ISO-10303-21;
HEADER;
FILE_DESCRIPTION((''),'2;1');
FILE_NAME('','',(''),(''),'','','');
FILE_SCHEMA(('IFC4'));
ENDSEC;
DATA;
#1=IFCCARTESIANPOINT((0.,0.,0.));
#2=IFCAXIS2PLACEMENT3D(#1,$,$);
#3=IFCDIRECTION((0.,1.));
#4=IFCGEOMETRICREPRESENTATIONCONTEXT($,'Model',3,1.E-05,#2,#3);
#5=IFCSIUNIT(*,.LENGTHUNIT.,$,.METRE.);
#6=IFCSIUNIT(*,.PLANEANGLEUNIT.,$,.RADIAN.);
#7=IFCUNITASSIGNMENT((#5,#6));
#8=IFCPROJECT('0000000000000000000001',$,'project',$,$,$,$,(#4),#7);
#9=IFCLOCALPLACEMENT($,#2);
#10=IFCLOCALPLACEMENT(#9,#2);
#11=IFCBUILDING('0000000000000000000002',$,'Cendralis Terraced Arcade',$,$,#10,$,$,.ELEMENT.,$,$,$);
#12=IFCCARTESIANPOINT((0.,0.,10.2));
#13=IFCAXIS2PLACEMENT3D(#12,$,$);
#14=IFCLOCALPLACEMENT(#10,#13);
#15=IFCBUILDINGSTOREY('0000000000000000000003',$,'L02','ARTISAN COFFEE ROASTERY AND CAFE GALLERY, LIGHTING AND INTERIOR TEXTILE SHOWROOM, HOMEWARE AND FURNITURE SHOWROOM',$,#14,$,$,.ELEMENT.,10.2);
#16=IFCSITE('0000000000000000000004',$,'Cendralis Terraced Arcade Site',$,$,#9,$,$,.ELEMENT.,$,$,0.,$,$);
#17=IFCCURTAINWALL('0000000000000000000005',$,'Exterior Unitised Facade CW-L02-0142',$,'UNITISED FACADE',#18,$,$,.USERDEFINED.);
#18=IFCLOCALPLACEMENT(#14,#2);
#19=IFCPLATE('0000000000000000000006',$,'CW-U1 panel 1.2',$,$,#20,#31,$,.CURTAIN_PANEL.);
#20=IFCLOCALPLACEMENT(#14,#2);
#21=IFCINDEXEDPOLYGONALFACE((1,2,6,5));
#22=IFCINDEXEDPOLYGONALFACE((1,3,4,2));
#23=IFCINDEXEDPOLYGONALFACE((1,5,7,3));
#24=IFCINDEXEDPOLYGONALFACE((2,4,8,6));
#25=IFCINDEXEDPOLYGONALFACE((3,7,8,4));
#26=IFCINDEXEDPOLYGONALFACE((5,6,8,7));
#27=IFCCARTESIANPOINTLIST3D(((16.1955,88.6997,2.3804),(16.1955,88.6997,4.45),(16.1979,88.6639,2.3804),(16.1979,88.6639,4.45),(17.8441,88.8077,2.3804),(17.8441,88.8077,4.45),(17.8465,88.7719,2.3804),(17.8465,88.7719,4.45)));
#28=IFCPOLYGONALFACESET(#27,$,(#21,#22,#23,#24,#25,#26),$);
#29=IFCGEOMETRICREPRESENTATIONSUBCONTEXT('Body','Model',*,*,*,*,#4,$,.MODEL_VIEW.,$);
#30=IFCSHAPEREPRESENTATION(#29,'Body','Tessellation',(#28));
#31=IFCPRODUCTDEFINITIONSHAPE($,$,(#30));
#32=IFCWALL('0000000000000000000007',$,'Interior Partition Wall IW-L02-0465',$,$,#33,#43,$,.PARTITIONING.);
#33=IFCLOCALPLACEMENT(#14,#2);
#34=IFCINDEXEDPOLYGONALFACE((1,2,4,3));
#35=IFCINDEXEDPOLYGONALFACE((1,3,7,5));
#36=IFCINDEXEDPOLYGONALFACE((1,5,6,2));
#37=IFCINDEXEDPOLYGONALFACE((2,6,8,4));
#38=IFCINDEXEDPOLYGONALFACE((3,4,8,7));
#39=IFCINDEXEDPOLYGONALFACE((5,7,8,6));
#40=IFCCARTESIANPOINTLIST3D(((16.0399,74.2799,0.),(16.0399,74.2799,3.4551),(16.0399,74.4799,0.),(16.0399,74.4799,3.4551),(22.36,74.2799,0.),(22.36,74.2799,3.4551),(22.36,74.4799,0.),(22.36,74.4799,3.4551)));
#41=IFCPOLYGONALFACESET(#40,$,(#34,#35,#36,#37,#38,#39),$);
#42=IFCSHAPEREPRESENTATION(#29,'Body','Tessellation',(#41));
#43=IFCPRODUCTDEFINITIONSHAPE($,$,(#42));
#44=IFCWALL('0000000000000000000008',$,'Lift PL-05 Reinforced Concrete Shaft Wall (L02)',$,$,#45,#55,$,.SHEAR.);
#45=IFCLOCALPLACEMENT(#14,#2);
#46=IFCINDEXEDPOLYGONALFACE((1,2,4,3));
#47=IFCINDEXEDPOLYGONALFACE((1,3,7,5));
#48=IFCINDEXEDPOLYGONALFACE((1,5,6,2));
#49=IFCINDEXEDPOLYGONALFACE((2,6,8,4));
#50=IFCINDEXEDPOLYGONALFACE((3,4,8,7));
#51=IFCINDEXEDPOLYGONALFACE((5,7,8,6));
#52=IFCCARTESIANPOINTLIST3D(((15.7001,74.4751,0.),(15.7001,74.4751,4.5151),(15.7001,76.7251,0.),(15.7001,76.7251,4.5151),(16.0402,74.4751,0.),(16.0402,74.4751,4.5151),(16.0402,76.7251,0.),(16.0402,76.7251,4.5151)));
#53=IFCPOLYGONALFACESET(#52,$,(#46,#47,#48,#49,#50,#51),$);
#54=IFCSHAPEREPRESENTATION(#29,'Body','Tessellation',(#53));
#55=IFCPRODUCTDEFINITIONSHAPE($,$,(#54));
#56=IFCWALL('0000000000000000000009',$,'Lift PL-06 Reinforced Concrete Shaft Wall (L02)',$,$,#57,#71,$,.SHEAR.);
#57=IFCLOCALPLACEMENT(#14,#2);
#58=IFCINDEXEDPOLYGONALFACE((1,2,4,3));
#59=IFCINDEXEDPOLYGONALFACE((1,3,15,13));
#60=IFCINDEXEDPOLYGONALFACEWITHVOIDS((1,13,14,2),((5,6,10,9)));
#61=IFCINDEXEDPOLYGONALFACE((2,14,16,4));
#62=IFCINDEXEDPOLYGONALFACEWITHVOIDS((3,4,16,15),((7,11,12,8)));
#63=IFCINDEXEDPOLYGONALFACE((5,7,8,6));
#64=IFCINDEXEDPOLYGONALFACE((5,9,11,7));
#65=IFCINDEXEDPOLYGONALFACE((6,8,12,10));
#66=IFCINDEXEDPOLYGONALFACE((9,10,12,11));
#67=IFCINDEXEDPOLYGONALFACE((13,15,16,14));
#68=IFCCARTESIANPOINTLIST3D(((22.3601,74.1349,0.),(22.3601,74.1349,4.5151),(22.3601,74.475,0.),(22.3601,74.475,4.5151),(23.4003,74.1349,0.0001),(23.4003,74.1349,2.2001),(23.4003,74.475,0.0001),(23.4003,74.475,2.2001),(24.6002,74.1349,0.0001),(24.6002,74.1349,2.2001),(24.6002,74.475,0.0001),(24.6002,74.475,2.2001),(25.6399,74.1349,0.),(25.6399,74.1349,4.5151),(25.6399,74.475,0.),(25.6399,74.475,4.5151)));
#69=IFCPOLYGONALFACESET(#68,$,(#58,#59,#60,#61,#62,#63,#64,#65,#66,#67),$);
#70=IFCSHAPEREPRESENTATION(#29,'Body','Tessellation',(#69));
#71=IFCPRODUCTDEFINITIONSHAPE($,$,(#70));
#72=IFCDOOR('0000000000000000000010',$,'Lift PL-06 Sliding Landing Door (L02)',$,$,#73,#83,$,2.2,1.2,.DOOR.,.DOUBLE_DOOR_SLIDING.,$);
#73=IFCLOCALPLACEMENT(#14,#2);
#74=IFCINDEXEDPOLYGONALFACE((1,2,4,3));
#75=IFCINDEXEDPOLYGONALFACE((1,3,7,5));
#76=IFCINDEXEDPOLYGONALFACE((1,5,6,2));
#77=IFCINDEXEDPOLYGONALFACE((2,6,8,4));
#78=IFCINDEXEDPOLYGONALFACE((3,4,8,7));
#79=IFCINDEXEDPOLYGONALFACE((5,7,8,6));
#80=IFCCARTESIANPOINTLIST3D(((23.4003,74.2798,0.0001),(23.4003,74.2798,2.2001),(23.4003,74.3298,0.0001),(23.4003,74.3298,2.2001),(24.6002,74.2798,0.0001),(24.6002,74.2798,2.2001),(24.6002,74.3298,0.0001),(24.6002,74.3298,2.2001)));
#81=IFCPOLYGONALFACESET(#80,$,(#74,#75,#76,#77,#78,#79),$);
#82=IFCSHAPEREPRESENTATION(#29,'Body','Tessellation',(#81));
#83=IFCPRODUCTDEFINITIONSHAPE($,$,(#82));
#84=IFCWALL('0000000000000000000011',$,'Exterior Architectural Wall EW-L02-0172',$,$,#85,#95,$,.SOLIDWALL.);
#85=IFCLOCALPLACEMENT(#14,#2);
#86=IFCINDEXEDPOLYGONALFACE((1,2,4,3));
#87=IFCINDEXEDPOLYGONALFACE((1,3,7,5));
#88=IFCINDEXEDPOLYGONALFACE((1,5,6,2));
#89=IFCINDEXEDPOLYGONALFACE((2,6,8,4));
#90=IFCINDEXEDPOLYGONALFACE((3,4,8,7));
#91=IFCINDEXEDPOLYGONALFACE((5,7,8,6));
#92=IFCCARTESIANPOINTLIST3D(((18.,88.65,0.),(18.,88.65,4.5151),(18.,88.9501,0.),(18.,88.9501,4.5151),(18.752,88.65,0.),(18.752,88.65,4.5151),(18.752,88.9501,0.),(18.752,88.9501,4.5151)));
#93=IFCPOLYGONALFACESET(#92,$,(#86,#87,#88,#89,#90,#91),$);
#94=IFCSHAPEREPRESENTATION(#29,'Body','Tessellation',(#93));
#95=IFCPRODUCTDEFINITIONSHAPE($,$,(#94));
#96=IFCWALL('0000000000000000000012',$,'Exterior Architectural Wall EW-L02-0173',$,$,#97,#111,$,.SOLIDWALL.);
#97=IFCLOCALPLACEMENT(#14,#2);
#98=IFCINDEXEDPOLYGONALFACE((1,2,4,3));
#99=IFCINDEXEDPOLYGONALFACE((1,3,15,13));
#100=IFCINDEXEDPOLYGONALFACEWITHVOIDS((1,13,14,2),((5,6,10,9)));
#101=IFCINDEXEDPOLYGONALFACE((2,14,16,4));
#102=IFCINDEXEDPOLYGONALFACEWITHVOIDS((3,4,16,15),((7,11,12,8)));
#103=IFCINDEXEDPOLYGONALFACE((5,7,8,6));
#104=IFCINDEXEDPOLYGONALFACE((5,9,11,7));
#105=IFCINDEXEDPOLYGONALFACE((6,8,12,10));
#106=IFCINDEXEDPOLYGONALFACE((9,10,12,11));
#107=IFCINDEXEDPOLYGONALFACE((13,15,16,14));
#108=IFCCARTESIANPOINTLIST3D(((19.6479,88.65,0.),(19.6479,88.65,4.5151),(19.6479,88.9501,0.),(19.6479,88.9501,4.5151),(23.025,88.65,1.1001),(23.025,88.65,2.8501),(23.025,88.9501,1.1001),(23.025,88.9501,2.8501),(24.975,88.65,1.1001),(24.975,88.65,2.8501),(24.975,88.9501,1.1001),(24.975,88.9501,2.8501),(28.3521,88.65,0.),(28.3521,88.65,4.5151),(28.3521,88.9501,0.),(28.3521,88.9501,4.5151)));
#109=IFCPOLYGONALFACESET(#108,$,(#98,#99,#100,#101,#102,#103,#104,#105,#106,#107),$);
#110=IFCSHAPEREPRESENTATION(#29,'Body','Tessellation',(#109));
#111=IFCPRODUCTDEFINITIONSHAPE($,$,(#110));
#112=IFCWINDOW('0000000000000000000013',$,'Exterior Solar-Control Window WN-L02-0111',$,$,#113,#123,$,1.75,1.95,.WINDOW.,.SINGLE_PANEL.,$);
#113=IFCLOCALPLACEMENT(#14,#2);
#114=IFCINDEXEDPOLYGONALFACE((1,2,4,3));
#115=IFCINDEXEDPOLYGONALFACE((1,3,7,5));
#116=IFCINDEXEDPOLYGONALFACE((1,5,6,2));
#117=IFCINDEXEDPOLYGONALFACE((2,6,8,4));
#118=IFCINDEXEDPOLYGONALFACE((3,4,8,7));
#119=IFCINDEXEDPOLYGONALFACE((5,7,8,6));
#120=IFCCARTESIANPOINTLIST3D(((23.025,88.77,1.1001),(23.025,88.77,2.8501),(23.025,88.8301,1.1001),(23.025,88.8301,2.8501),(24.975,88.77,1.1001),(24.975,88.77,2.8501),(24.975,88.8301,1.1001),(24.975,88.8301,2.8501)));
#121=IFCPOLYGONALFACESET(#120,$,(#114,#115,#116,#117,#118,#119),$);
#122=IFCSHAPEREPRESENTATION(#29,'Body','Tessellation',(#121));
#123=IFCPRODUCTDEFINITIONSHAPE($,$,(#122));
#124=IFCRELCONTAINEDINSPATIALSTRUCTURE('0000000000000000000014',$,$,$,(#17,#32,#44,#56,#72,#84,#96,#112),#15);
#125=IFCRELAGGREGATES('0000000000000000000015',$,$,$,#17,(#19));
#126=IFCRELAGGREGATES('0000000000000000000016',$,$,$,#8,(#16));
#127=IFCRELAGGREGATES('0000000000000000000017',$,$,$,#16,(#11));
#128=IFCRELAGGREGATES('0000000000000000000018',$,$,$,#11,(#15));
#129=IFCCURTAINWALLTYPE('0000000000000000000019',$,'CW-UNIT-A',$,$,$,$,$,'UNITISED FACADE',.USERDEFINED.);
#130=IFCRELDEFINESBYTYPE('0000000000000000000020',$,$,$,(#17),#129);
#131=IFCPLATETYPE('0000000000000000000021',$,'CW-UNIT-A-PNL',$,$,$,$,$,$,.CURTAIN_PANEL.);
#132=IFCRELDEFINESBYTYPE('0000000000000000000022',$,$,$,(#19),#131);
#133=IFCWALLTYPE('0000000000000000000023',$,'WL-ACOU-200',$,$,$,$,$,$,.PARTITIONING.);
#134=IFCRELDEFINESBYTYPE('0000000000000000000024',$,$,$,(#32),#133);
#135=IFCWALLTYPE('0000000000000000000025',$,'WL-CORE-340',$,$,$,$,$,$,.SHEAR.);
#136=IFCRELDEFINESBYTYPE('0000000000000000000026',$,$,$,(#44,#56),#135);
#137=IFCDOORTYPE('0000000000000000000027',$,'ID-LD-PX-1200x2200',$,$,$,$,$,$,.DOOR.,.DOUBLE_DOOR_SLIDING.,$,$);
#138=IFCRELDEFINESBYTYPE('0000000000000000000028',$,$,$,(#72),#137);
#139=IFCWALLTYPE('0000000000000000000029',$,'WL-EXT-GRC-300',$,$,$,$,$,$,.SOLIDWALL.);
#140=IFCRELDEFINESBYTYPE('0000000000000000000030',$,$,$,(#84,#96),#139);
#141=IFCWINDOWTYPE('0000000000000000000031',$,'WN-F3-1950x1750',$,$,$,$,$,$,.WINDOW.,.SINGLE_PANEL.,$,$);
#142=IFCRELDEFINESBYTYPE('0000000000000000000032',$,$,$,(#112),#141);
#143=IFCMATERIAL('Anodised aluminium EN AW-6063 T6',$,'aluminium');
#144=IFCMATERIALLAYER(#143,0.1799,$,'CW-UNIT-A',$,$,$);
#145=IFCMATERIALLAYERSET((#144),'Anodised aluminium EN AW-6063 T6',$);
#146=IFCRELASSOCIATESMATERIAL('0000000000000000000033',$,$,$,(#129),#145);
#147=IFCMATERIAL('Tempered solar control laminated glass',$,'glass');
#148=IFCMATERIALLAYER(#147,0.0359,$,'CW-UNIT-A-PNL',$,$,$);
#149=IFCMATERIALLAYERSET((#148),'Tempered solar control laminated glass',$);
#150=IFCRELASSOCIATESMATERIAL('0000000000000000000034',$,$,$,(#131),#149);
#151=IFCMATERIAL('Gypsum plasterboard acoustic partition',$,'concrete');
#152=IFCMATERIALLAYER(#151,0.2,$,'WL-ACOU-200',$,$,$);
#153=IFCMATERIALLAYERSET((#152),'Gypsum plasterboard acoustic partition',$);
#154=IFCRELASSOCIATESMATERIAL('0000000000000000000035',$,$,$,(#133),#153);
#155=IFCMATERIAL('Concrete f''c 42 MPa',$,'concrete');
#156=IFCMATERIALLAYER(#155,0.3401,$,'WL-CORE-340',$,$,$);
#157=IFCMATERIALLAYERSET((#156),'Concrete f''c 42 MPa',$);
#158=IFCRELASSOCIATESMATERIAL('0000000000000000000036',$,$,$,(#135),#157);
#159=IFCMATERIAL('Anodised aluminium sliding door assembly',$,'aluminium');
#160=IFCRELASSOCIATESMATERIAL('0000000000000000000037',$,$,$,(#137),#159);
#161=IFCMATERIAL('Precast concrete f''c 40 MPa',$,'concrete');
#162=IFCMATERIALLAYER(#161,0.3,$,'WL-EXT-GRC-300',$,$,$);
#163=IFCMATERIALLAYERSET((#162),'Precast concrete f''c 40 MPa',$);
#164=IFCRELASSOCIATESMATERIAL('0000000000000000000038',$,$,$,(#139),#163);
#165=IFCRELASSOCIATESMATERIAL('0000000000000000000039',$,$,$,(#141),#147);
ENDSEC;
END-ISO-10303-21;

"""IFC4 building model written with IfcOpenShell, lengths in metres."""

from ifc_helpers import new_model, si_unit, direction, frame, frame_2d, origin, origin_2d, place, context, subcontext, project, spatial, rectangle, extrude, material, layer, layer_set, type_object, element, fill, aggregate, save


model = new_model("IFC4")

# Units and contexts
model_context = context("Model", 3, precision=1e-05, world=origin(), true_north=direction((0.0, 1.0)))
body_context = subcontext(model_context, "Body", "Model", "MODEL_VIEW")
ifc_project = project(units=[si_unit("LENGTHUNIT", "METRE"), si_unit("PLANEANGLEUNIT", "RADIAN")], contexts=[model_context])

# Site, building, storey
site_placement = place(None, origin())
site = spatial("IfcSite", under=ifc_project, at=site_placement, Name="Cendralis Terraced Arcade Site", CompositionType="ELEMENT", RefElevation=0.0)
building_placement = place(site_placement, origin())
building = spatial("IfcBuilding", under=site, at=building_placement, Name="Cendralis Terraced Arcade", CompositionType="ELEMENT")
storey_placement = place(building_placement, frame((0.0, 0.0, 10.2)))
storey = spatial("IfcBuildingStorey", under=building, at=storey_placement, Name="L02", Description="ARTISAN COFFEE ROASTERY AND CAFE GALLERY, LIGHTING AND INTERIOR TEXTILE SHOWROOM, HOMEWARE AND FURNITURE SHOWROOM", CompositionType="ELEMENT", Elevation=10.2)

# Shared definitions
ifc_material_1 = material(Name="Concrete f'c 42 MPa", Category="concrete")

# Shared definitions
ifc_material_2 = material(Name="Anodised aluminium EN AW-6063 T6", Category="aluminium")
ifc_layer_1 = layer(ifc_material_2, 0.1799, Name="CW-UNIT-A")
ifc_layer_set_1 = layer_set([ifc_layer_1], Name="Anodised aluminium EN AW-6063 T6")
curtain_wall_type = type_object("IfcCurtainWallType", Name="CW-UNIT-A", ElementType="UNITISED FACADE", PredefinedType="USERDEFINED", material=ifc_layer_set_1)

# Curtain wall
curtain_wall_1_placement = place(storey_placement, origin())
curtain_wall_1 = element("IfcCurtainWall", 1, at=curtain_wall_1_placement, inside=storey, type_object=curtain_wall_type, Name="Exterior Unitised Facade CW-L02-0142", ObjectType="UNITISED FACADE", PredefinedType="USERDEFINED")

# Plate
ifc_material_3 = material(Name="Tempered solar control laminated glass", Category="glass")
ifc_layer_2 = layer(ifc_material_3, 0.0359, Name="CW-UNIT-A-PNL")
ifc_layer_set_2 = layer_set([ifc_layer_2], Name="Tempered solar control laminated glass")
plate_type = type_object("IfcPlateType", Name="CW-UNIT-A-PNL", PredefinedType="CURTAIN_PANEL", material=ifc_layer_set_2)
plate_1_placement = place(storey_placement, frame((17.021, 88.7358, 2.3804), z_axis=(0.0, 0.0, 1.0), x_axis=(0.997861, 0.065372, 0.0)))
plate_1 = element("IfcPlate", 2, at=plate_1_placement, type_object=plate_type, Name="CW-U1 panel 1.2", PredefinedType="CURTAIN_PANEL", context=body_context, shape_type="SweptSolid", body=[
    extrude(rectangle(XDim=1.6521, YDim=0.0359, at=origin_2d()), origin(), (0.0, 0.0, 1.0), 2.0696),
])
aggregate(curtain_wall_1, [plate_1])

# Walls
ifc_material_4 = material(Name="Gypsum plasterboard acoustic partition", Category="concrete")
ifc_layer_3 = layer(ifc_material_4, 0.2, Name="WL-ACOU-200")
ifc_layer_set_3 = layer_set([ifc_layer_3], Name="Gypsum plasterboard acoustic partition")
wall_type_1 = type_object("IfcWallType", Name="WL-ACOU-200", PredefinedType="PARTITIONING", material=ifc_layer_set_3)
wall_1_placement = place(storey_placement, frame((22.3601, 74.3799, 0.0), z_axis=(0.0, 0.0, 1.0), x_axis=(-1.0, 0.0, 0.0)))
element("IfcWall", 3, at=wall_1_placement, inside=storey, type_object=wall_type_1, Name="Interior Partition Wall IW-L02-0465", PredefinedType="PARTITIONING", context=body_context, shape_type="SweptSolid", body=[
    extrude(rectangle(XDim=6.3201, YDim=0.2, at=frame_2d((3.1602, 0.0))), origin(), (0.0, 0.0, 1.0), 3.4551),
])
ifc_layer_4 = layer(ifc_material_1, 0.3401, Name="WL-CORE-340")
ifc_layer_set_4 = layer_set([ifc_layer_4], Name="Concrete f'c 42 MPa")
wall_type_2 = type_object("IfcWallType", Name="WL-CORE-340", PredefinedType="SHEAR", material=ifc_layer_set_4)
wall_2_placement = place(storey_placement, frame((15.8701, 74.4751, 0.0), z_axis=(0.0, 0.0, 1.0), x_axis=(0.0, 1.0, 0.0)))
element("IfcWall", 4, at=wall_2_placement, inside=storey, type_object=wall_type_2, Name="Lift PL-05 Reinforced Concrete Shaft Wall (L02)", PredefinedType="SHEAR", context=body_context, shape_type="SweptSolid", body=[
    extrude(rectangle(XDim=2.25, YDim=0.3401, at=frame_2d((1.125, 0.0))), origin(), (0.0, 0.0, 1.0), 4.5151),
])

# Wall, opening, door
wall_3_placement = place(storey_placement, frame((22.3601, 74.3049, 0.0), z_axis=(0.0, 0.0, 1.0), x_axis=(1.0, 0.0, 0.0)))
wall_3 = element("IfcWall", 5, at=wall_3_placement, inside=storey, type_object=wall_type_2, Name="Lift PL-06 Reinforced Concrete Shaft Wall (L02)", PredefinedType="SHEAR", context=body_context, shape_type="SweptSolid", body=[
    extrude(rectangle(XDim=3.2798, YDim=0.3401, at=frame_2d((1.6399, 0.0))), origin(), (0.0, 0.0, 1.0), 4.5151),
])
opening_1_placement = place(wall_3_placement, frame((1.04, 0.0, 0.0)))
opening_1 = element("IfcOpeningElement", 6, at=opening_1_placement, cuts=wall_3, PredefinedType="OPENING", context=body_context, shape_type="SweptSolid", body=[
    extrude(rectangle(XDim=1.2, YDim=2.2, at=frame_2d((0.6001, 1.1001))), frame((0.0, 0.1821, 0.0), z_axis=(0.0, -1.0, 0.0), x_axis=(1.0, 0.0, 0.0)), (0.0, 0.0, 1.0), 0.364),
])
ifc_material_5 = material(Name="Anodised aluminium sliding door assembly", Category="aluminium")
door_type = type_object("IfcDoorType", Name="ID-LD-PX-1200x2200", OperationType="DOUBLE_DOOR_SLIDING", PredefinedType="DOOR", material=ifc_material_5)
door_placement = place(opening_1_placement, origin())
door = element("IfcDoor", 7, at=door_placement, inside=storey, type_object=door_type, Name="Lift PL-06 Sliding Landing Door (L02)", OperationType="DOUBLE_DOOR_SLIDING", OverallHeight=2.2, OverallWidth=1.2, PredefinedType="DOOR", context=body_context, shape_type="SweptSolid", body=[
    extrude(rectangle(XDim=1.2, YDim=2.2, at=frame_2d((0.6001, 1.1001))), frame((0.0, 0.0249, 0.0), z_axis=(0.0, -1.0, 0.0), x_axis=(1.0, 0.0, 0.0)), (0.0, 0.0, 1.0), 0.05),
])
fill(opening_1, door)

# Wall
ifc_material_6 = material(Name="Precast concrete f'c 40 MPa", Category="concrete")
ifc_layer_5 = layer(ifc_material_6, 0.3, Name="WL-EXT-GRC-300")
ifc_layer_set_5 = layer_set([ifc_layer_5], Name="Precast concrete f'c 40 MPa")
wall_type_3 = type_object("IfcWallType", Name="WL-EXT-GRC-300", PredefinedType="SOLIDWALL", material=ifc_layer_set_5)
wall_4_placement = place(storey_placement, frame((18.0, 88.8, 0.0), z_axis=(0.0, 0.0, 1.0), x_axis=(1.0, 0.0, 0.0)))
element("IfcWall", 8, at=wall_4_placement, inside=storey, type_object=wall_type_3, Name="Exterior Architectural Wall EW-L02-0172", PredefinedType="SOLIDWALL", context=body_context, shape_type="SweptSolid", body=[
    extrude(rectangle(XDim=0.752, YDim=0.3, at=frame_2d((0.376, 0.0))), origin(), (0.0, 0.0, 1.0), 4.5151),
])

# Wall, opening, window
wall_5_placement = place(storey_placement, frame((19.6479, 88.8, 0.0), z_axis=(0.0, 0.0, 1.0), x_axis=(1.0, 0.0, 0.0)))
wall_5 = element("IfcWall", 9, at=wall_5_placement, inside=storey, type_object=wall_type_3, Name="Exterior Architectural Wall EW-L02-0173", PredefinedType="SOLIDWALL", context=body_context, shape_type="SweptSolid", body=[
    extrude(rectangle(XDim=8.7041, YDim=0.3, at=frame_2d((4.3521, 0.0))), origin(), (0.0, 0.0, 1.0), 4.5151),
])
opening_2_placement = place(wall_5_placement, frame((3.377, 0.0, 1.1001)))
opening_2 = element("IfcOpeningElement", 10, at=opening_2_placement, cuts=wall_5, PredefinedType="OPENING", context=body_context, shape_type="SweptSolid", body=[
    extrude(rectangle(XDim=1.95, YDim=1.75, at=frame_2d((0.9751, 0.875))), frame((0.0, 0.1621, 0.0), z_axis=(0.0, -1.0, 0.0), x_axis=(1.0, 0.0, 0.0)), (0.0, 0.0, 1.0), 0.324),
])
window_type = type_object("IfcWindowType", Name="WN-F3-1950x1750", PartitioningType="SINGLE_PANEL", PredefinedType="WINDOW", material=ifc_material_3)
window_placement = place(opening_2_placement, origin())
window = element("IfcWindow", 11, at=window_placement, inside=storey, type_object=window_type, Name="Exterior Solar-Control Window WN-L02-0111", OverallHeight=1.75, OverallWidth=1.95, PartitioningType="SINGLE_PANEL", PredefinedType="WINDOW", context=body_context, shape_type="SweptSolid", body=[
    extrude(rectangle(XDim=1.95, YDim=1.75, at=frame_2d((0.9751, 0.875))), frame((0.0, 0.03, 0.0), z_axis=(0.0, -1.0, 0.0), x_axis=(1.0, 0.0, 0.0)), (0.0, 0.0, 1.0), 0.0601),
])
fill(opening_2, window)

save(model, "model.ifc")
